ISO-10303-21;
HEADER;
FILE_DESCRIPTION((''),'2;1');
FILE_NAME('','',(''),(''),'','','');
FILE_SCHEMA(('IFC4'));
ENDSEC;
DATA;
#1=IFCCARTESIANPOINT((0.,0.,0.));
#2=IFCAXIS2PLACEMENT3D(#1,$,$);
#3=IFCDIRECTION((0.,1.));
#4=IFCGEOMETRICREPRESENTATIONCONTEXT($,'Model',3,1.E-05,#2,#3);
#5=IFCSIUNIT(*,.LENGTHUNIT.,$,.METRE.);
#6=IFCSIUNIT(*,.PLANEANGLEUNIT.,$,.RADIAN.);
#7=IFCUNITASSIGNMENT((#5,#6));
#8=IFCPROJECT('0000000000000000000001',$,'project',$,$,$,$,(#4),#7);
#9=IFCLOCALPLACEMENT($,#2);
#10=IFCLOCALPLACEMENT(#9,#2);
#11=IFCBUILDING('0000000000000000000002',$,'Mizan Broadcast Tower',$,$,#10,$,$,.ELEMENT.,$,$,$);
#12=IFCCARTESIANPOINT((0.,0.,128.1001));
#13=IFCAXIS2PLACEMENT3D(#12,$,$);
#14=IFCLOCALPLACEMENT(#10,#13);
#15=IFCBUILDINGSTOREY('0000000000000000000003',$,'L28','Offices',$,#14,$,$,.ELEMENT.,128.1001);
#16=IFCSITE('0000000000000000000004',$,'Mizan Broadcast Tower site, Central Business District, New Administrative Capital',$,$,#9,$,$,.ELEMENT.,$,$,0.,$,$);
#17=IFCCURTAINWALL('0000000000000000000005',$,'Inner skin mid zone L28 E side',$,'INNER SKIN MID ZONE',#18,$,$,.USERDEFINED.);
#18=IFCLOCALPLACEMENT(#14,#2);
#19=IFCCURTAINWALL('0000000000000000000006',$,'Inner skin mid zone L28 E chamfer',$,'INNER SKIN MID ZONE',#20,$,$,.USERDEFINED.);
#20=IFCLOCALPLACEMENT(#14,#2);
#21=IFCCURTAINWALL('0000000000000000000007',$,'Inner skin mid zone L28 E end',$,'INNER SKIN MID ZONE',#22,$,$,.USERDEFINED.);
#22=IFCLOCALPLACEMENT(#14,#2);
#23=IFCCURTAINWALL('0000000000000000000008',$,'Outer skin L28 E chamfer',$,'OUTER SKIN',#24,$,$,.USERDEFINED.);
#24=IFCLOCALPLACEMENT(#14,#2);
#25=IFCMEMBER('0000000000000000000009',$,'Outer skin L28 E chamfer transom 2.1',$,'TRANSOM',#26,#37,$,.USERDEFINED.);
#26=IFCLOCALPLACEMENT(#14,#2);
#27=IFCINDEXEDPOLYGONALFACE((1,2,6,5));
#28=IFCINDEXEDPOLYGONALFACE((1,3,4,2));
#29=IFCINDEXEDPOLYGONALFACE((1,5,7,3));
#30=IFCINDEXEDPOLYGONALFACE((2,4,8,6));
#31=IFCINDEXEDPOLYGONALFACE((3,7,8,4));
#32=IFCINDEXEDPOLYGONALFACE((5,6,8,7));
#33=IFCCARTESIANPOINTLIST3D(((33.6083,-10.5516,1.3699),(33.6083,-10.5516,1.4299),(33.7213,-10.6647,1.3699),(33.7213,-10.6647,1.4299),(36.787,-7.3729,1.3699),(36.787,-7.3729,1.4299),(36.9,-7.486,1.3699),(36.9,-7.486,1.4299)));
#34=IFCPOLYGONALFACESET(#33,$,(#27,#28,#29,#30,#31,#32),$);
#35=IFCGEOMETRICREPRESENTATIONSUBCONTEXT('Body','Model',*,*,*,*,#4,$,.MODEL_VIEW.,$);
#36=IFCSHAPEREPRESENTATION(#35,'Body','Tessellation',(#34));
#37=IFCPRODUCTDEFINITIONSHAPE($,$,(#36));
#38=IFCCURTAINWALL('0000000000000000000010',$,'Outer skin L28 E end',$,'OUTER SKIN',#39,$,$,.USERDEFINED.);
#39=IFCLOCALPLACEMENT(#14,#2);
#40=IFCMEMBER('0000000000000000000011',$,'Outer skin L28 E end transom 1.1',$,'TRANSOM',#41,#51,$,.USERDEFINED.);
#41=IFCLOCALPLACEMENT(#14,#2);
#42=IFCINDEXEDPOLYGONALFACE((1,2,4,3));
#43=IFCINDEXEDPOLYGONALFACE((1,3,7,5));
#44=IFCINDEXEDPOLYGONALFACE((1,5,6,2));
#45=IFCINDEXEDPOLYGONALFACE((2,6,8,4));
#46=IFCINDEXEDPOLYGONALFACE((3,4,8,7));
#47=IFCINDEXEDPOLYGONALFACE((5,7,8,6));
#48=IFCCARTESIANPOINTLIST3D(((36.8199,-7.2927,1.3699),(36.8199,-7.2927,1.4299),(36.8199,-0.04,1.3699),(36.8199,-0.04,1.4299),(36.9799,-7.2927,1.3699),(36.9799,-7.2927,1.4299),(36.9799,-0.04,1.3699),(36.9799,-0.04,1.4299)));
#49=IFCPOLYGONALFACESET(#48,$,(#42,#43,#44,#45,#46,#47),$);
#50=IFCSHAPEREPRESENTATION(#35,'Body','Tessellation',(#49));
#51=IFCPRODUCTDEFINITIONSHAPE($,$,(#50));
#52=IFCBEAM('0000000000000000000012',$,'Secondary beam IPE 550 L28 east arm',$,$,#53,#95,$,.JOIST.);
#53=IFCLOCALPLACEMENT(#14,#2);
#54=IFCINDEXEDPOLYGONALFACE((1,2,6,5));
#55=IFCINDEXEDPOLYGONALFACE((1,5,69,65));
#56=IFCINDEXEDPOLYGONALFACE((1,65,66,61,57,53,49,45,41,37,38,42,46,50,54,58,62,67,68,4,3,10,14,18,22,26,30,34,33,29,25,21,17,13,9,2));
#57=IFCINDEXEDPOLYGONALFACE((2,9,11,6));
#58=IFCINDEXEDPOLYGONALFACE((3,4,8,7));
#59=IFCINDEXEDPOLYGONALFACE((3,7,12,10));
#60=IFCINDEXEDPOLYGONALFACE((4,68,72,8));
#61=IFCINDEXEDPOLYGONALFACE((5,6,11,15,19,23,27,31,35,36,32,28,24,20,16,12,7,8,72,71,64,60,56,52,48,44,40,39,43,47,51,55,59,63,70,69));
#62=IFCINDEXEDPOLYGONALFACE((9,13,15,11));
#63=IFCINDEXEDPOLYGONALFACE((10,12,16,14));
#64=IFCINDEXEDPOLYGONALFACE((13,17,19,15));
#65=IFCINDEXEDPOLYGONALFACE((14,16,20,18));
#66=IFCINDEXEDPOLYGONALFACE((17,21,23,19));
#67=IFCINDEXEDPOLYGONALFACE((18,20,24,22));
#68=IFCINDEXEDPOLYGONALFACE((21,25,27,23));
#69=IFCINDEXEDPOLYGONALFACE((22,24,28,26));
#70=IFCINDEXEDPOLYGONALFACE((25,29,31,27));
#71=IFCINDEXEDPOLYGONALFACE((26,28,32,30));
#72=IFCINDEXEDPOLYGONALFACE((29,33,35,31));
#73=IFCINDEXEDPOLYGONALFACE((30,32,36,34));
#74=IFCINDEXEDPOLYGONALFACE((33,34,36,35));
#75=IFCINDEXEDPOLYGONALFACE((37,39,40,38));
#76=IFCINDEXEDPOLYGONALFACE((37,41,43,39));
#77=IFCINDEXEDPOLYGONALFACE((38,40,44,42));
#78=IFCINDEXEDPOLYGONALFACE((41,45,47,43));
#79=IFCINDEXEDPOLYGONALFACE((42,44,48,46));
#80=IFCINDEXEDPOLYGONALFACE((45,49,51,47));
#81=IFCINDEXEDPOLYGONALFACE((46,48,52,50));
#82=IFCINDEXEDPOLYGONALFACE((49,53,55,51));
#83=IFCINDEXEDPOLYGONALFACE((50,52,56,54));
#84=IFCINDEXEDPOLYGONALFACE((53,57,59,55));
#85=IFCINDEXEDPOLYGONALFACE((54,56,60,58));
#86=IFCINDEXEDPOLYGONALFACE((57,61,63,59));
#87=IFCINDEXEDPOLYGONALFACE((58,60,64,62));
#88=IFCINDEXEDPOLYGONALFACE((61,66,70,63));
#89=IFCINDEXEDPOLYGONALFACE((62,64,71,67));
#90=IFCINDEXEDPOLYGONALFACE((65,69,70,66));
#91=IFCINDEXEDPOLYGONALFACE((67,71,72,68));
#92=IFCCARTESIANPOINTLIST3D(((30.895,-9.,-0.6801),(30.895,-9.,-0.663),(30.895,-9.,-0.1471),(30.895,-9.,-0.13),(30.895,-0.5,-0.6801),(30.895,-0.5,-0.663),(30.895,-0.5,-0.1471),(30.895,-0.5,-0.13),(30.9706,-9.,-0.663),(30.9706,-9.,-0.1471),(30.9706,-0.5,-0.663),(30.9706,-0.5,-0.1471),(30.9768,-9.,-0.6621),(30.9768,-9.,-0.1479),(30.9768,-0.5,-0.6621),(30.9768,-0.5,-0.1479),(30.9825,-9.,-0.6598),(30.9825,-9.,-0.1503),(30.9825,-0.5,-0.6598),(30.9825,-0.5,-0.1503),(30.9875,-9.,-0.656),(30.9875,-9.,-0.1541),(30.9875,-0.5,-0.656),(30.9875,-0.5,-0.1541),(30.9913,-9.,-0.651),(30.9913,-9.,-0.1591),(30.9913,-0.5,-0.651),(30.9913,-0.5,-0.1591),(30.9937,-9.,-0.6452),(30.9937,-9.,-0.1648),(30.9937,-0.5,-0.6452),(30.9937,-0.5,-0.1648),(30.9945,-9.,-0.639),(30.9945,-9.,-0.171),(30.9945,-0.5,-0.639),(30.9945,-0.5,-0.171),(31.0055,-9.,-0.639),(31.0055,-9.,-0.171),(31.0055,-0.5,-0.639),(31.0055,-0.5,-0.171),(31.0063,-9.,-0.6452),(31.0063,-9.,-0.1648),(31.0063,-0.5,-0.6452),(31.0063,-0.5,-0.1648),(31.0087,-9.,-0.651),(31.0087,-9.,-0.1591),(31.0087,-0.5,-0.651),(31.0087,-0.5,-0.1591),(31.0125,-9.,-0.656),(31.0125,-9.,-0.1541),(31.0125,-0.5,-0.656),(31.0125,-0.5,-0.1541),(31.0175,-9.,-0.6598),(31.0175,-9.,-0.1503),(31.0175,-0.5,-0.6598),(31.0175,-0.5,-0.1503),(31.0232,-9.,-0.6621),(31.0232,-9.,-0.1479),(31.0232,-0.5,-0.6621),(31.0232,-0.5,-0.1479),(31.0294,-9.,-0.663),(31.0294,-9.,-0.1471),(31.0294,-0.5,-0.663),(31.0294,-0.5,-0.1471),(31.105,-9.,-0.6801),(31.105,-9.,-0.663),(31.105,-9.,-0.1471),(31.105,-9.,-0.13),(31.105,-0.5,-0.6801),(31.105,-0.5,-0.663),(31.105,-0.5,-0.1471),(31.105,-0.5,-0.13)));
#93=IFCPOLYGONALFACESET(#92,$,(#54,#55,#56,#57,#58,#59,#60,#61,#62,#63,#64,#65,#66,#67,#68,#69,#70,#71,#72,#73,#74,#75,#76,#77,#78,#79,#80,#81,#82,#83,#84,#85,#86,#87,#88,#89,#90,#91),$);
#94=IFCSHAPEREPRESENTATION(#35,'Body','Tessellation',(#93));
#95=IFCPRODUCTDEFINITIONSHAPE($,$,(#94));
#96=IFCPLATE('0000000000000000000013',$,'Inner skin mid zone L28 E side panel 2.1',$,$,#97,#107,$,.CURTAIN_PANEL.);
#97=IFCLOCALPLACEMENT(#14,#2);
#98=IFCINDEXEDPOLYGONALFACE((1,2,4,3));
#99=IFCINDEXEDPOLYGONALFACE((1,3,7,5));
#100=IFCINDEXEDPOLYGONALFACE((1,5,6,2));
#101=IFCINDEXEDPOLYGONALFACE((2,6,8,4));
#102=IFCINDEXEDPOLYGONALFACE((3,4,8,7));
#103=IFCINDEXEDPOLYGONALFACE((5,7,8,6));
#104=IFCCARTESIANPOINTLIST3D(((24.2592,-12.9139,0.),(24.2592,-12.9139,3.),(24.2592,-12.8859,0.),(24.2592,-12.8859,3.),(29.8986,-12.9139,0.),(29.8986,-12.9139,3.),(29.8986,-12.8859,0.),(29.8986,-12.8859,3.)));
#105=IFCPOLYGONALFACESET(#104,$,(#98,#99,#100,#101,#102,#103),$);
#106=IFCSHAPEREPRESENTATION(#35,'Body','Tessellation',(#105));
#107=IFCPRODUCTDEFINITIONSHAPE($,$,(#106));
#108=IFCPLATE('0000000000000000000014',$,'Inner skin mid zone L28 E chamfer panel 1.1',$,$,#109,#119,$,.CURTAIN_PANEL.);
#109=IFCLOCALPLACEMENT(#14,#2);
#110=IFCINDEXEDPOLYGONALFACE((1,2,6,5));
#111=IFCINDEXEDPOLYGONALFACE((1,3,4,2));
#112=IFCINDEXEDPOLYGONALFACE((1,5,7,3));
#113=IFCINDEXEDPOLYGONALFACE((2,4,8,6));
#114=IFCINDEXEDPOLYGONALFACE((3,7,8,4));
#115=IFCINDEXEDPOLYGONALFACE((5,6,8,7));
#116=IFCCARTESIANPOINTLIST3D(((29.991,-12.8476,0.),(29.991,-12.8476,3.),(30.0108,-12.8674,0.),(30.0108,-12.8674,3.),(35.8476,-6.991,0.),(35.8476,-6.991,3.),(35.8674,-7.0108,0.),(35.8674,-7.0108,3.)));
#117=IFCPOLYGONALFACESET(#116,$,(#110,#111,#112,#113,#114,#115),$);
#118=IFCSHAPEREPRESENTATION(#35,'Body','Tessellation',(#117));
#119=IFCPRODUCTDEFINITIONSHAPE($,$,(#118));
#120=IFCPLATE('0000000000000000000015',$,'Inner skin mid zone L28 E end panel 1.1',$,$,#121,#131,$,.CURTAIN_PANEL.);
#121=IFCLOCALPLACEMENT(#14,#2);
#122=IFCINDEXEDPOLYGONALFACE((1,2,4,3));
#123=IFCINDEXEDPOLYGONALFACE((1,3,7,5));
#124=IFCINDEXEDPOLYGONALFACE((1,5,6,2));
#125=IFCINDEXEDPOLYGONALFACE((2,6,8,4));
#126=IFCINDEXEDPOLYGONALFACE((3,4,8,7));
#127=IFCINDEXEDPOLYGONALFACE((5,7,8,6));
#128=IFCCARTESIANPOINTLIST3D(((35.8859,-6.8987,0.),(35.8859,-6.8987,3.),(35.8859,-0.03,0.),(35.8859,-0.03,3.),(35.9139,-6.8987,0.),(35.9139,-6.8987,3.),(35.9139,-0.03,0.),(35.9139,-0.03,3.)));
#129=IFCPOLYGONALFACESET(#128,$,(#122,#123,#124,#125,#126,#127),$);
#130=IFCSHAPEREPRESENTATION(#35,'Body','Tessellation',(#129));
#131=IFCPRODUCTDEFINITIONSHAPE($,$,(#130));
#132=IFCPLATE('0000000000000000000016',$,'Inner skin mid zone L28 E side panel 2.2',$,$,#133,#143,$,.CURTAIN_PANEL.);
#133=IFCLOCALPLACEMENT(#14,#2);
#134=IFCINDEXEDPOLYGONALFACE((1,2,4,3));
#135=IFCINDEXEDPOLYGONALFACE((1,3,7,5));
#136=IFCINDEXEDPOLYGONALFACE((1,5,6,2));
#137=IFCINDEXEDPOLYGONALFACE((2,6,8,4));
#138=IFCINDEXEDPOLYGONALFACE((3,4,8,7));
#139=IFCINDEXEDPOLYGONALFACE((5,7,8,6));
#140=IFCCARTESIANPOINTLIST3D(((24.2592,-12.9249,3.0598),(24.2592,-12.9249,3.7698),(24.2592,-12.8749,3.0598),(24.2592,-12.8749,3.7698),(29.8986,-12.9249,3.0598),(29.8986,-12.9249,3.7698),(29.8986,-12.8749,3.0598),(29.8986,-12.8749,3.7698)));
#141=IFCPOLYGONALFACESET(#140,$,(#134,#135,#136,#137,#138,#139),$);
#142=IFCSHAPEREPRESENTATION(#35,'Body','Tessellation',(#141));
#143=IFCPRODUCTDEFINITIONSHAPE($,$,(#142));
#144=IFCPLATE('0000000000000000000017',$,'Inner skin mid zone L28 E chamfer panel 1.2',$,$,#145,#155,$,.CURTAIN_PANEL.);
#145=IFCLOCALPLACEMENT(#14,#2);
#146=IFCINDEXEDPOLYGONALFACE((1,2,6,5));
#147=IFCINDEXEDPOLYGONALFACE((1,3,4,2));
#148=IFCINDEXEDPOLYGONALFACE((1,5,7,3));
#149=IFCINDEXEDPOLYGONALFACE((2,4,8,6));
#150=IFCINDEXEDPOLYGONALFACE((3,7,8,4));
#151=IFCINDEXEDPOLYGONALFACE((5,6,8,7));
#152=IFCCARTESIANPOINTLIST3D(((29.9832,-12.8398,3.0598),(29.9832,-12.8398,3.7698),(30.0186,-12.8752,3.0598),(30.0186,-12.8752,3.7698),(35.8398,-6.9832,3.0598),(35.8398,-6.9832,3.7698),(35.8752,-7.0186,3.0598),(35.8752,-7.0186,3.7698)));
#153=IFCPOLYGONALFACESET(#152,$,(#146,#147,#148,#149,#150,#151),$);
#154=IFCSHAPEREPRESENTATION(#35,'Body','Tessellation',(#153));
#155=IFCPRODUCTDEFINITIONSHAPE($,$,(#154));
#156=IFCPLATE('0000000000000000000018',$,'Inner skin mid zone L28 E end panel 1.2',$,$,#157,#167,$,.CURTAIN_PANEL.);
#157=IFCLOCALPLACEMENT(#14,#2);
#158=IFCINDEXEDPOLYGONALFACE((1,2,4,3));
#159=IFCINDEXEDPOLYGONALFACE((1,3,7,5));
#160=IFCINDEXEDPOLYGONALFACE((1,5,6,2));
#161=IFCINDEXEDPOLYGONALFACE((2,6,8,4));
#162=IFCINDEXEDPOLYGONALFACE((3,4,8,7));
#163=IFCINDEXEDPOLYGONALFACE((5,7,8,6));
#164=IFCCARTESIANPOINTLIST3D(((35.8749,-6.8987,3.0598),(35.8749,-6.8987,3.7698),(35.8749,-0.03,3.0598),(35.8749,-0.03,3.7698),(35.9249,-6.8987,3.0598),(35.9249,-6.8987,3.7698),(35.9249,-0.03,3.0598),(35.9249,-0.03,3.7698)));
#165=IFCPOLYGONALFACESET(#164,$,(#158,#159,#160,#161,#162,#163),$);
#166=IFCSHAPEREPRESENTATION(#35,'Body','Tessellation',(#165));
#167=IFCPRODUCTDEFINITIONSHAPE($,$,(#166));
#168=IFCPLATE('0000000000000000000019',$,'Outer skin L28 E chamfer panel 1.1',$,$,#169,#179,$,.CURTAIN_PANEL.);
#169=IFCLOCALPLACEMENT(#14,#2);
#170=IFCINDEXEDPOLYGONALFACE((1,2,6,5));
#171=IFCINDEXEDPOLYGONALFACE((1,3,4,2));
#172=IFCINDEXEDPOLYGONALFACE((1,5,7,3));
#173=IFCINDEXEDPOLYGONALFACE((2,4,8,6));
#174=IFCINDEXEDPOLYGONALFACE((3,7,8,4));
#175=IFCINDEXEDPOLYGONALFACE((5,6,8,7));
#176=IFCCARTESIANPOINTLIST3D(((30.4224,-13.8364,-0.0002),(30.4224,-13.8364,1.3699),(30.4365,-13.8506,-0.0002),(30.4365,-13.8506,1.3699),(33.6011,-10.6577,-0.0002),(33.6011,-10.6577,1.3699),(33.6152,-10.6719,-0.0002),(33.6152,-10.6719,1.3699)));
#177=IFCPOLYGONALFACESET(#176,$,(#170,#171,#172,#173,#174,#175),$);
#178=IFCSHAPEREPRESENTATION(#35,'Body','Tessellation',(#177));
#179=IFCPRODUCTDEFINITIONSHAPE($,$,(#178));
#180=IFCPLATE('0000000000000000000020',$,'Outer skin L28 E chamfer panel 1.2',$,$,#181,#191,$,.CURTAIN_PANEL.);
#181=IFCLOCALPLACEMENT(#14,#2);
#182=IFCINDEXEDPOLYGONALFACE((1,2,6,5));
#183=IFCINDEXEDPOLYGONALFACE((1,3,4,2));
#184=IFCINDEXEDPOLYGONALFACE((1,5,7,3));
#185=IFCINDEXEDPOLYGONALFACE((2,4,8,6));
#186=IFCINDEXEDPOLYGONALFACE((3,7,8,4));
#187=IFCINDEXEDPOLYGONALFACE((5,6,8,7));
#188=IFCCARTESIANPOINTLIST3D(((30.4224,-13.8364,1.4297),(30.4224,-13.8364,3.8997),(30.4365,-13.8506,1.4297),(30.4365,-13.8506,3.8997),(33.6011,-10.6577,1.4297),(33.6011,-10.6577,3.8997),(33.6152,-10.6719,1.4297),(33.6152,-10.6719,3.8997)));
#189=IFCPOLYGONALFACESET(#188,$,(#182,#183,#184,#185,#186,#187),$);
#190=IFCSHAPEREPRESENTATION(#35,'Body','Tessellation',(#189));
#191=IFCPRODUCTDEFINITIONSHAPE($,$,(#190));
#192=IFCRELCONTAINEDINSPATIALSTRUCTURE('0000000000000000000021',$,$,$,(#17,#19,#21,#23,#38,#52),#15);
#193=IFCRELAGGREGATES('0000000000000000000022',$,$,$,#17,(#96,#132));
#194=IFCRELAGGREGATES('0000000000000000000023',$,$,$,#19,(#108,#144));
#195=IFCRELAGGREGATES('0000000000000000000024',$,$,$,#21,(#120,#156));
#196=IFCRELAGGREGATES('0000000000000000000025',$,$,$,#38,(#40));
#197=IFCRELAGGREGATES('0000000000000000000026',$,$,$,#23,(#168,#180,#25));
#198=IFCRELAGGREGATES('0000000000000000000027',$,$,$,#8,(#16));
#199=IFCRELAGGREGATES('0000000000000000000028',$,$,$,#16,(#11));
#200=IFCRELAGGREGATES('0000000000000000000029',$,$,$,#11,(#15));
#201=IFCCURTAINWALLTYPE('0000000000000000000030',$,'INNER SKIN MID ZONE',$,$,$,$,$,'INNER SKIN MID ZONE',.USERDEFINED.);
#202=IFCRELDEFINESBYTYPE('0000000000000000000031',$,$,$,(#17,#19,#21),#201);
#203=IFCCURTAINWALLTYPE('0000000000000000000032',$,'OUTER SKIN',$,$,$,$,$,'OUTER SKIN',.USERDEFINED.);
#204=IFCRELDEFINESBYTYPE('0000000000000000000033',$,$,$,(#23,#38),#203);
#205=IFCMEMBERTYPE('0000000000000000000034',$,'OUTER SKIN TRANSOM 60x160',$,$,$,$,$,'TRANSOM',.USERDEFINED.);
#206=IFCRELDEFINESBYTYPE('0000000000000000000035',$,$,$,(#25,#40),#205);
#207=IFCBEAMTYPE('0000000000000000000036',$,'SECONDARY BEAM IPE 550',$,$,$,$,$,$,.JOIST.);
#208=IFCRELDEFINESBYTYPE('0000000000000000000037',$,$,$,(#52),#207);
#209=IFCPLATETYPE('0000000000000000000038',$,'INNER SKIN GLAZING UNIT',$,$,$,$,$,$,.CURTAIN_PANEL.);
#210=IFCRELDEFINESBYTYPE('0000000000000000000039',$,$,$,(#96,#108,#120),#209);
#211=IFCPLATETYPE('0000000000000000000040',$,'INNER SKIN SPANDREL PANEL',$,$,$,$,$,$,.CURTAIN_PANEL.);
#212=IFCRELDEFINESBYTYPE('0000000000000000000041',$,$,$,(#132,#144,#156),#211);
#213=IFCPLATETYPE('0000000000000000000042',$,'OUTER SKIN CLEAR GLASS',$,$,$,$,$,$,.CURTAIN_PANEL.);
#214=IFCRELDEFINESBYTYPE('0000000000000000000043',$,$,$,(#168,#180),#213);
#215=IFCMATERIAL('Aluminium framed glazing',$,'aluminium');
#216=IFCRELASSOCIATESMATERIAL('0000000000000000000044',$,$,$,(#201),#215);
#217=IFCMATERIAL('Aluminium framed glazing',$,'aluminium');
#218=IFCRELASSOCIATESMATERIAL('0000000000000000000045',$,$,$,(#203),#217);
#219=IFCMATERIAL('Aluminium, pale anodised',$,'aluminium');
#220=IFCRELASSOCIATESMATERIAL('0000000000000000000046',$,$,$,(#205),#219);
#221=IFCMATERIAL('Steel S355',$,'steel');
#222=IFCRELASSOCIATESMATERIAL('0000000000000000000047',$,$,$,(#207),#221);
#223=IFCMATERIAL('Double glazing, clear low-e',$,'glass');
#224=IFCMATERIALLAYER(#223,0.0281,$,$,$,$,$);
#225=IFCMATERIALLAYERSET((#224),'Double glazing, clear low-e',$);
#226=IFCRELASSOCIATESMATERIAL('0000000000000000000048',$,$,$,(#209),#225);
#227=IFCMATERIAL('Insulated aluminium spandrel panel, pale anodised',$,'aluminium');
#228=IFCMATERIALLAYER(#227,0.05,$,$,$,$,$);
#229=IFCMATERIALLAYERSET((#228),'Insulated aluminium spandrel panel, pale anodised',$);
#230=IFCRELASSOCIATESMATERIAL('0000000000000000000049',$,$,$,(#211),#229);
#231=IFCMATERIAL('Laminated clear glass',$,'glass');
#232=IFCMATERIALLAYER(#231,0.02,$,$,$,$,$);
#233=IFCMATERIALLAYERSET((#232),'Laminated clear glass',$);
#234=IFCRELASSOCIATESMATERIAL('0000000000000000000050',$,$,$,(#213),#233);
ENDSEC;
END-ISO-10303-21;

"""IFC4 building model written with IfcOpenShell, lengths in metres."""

from ifc_helpers import new_model, si_unit, direction, frame, origin, origin_2d, place, context, subcontext, project, spatial, rectangle, i_section, extrude, material, layer, layer_set, material_profile, profile_set, type_object, element, aggregate, save


model = new_model("IFC4")

# Units and contexts
model_context = context("Model", 3, precision=1e-05, world=origin(), true_north=direction((0.0, 1.0)))
body_context = subcontext(model_context, "Body", "Model", "MODEL_VIEW")
ifc_project = project(units=[si_unit("LENGTHUNIT", "METRE"), si_unit("PLANEANGLEUNIT", "RADIAN")], contexts=[model_context])

# Site, building, storey
site_placement = place(None, origin())
site = spatial("IfcSite", under=ifc_project, at=site_placement, Name="Mizan Broadcast Tower site, Central Business District, New Administrative Capital", CompositionType="ELEMENT", RefElevation=0.0)
building_placement = place(site_placement, origin())
building = spatial("IfcBuilding", under=site, at=building_placement, Name="Mizan Broadcast Tower", CompositionType="ELEMENT")
storey_placement = place(building_placement, frame((0.0, 0.0, 128.1001)))
storey = spatial("IfcBuildingStorey", under=building, at=storey_placement, Name="L28", Description="Offices", CompositionType="ELEMENT", Elevation=128.1001)

# Curtain wall
ifc_material_1 = material(Name="Aluminium framed glazing", Category="aluminium")
curtain_wall_type_1 = type_object("IfcCurtainWallType", Name="INNER SKIN MID ZONE", ElementType="INNER SKIN MID ZONE", PredefinedType="USERDEFINED", material=ifc_material_1)
curtain_wall_1_placement = place(storey_placement, origin())
curtain_wall_1 = element("IfcCurtainWall", 1, at=curtain_wall_1_placement, inside=storey, type_object=curtain_wall_type_1, Name="Inner skin mid zone L28 E side", ObjectType="INNER SKIN MID ZONE", PredefinedType="USERDEFINED")

# Curtain wall
curtain_wall_2_placement = place(storey_placement, origin())
curtain_wall_2 = element("IfcCurtainWall", 2, at=curtain_wall_2_placement, inside=storey, type_object=curtain_wall_type_1, Name="Inner skin mid zone L28 E chamfer", ObjectType="INNER SKIN MID ZONE", PredefinedType="USERDEFINED")

# Curtain wall
curtain_wall_3_placement = place(storey_placement, origin())
curtain_wall_3 = element("IfcCurtainWall", 3, at=curtain_wall_3_placement, inside=storey, type_object=curtain_wall_type_1, Name="Inner skin mid zone L28 E end", ObjectType="INNER SKIN MID ZONE", PredefinedType="USERDEFINED")

# Curtain wall
ifc_material_2 = material(Name="Aluminium framed glazing", Category="aluminium")
curtain_wall_type_2 = type_object("IfcCurtainWallType", Name="OUTER SKIN", ElementType="OUTER SKIN", PredefinedType="USERDEFINED", material=ifc_material_2)
curtain_wall_4_placement = place(storey_placement, origin())
curtain_wall_4 = element("IfcCurtainWall", 4, at=curtain_wall_4_placement, inside=storey, type_object=curtain_wall_type_2, Name="Outer skin L28 E chamfer", ObjectType="OUTER SKIN", PredefinedType="USERDEFINED")

# Member
ifc_material_3 = material(Name="Aluminium, pale anodised", Category="aluminium")
ifc_material_profile_1 = material_profile(ifc_material_3, rectangle(XDim=0.1599, YDim=0.0601, at=origin_2d()), Name="TRANSOM 160x60")
ifc_profile_set_1 = profile_set([ifc_material_profile_1], Name="Aluminium, pale anodised")
member_type_1 = type_object("IfcMemberType", Name="OUTER SKIN TRANSOM 60x160", ElementType="TRANSOM", PredefinedType="USERDEFINED", material=ifc_profile_set_1)
member_1_placement = place(storey_placement, frame((33.6648, -10.6082, 1.3999), z_axis=(0.707107, 0.707107, 0.0), x_axis=(-0.707107, 0.707107, 0.0)))
member_1 = element("IfcMember", 5, at=member_1_placement, type_object=member_type_1, Name="Outer skin L28 E chamfer transom 2.1", ObjectType="TRANSOM", PredefinedType="USERDEFINED", context=body_context, shape_type="SweptSolid", body=[
    extrude(rectangle(XDim=0.1599, YDim=0.0601, at=origin_2d()), origin(), (0.0, 0.0, 1.0), 4.4954),
])

# Curtain wall, member
curtain_wall_5_placement = place(storey_placement, origin())
curtain_wall_5 = element("IfcCurtainWall", 6, at=curtain_wall_5_placement, inside=storey, type_object=curtain_wall_type_2, Name="Outer skin L28 E end", ObjectType="OUTER SKIN", PredefinedType="USERDEFINED")
member_2_placement = place(storey_placement, frame((36.8999, -7.2927, 1.3999), z_axis=(0.0, 1.0, 0.0), x_axis=(-1.0, 0.0, 0.0)))
member_2 = element("IfcMember", 7, at=member_2_placement, type_object=member_type_1, Name="Outer skin L28 E end transom 1.1", ObjectType="TRANSOM", PredefinedType="USERDEFINED", context=body_context, shape_type="SweptSolid", body=[
    extrude(rectangle(XDim=0.1599, YDim=0.0601, at=origin_2d()), origin(), (0.0, 0.0, 1.0), 7.2527),
])

# Beam
ifc_material_4 = material(Name="Steel S355", Category="steel")
ifc_material_profile_2 = material_profile(ifc_material_4, i_section(OverallWidth=0.21, OverallDepth=0.55, WebThickness=0.011, FlangeThickness=0.0171, FilletRadius=0.0239, at=origin_2d()), Name="IPE 550")
ifc_profile_set_2 = profile_set([ifc_material_profile_2], Name="Steel S355")
beam_type_1 = type_object("IfcBeamType", Name="SECONDARY BEAM IPE 550", PredefinedType="JOIST", material=ifc_profile_set_2)
beam_1_placement = place(storey_placement, frame((31.0, -9.0, -0.405), z_axis=(0.0, 1.0, 0.0), x_axis=(-1.0, 0.0, 0.0)))
element("IfcBeam", 8, at=beam_1_placement, inside=storey, type_object=beam_type_1, Name="Secondary beam IPE 550 L28 east arm", PredefinedType="JOIST", context=body_context, shape_type="SweptSolid", body=[
    extrude(i_section(OverallWidth=0.21, OverallDepth=0.55, WebThickness=0.011, FlangeThickness=0.0171, FilletRadius=0.0239, at=origin_2d()), origin(), (0.0, 0.0, 1.0), 8.5),
])

# Plates
ifc_material_5 = material(Name="Double glazing, clear low-e", Category="glass")
ifc_layer_1 = layer(ifc_material_5, 0.0281)
ifc_layer_set_1 = layer_set([ifc_layer_1], Name="Double glazing, clear low-e")
plate_type_1 = type_object("IfcPlateType", Name="INNER SKIN GLAZING UNIT", PredefinedType="CURTAIN_PANEL", material=ifc_layer_set_1)
plate_1_placement = place(storey_placement, frame((27.0789, -12.8999, 0.0), z_axis=(0.0, 0.0, 1.0), x_axis=(1.0, 0.0, 0.0)))
plate_1 = element("IfcPlate", 9, at=plate_1_placement, type_object=plate_type_1, Name="Inner skin mid zone L28 E side panel 2.1", PredefinedType="CURTAIN_PANEL", context=body_context, shape_type="SweptSolid", body=[
    extrude(rectangle(XDim=5.6394, YDim=0.0281, at=origin_2d()), origin(), (0.0, 0.0, 1.0), 3.0),
])
plate_2_placement = place(storey_placement, frame((32.9292, -9.9292, 0.0), z_axis=(0.0, 0.0, 1.0), x_axis=(0.707107, 0.707107, 0.0)))
plate_2 = element("IfcPlate", 10, at=plate_2_placement, type_object=plate_type_1, Name="Inner skin mid zone L28 E chamfer panel 1.1", PredefinedType="CURTAIN_PANEL", context=body_context, shape_type="SweptSolid", body=[
    extrude(rectangle(XDim=8.2825, YDim=0.0281, at=origin_2d()), origin(), (0.0, 0.0, 1.0), 3.0),
])
plate_3_placement = place(storey_placement, frame((35.8999, -3.4644, 0.0), z_axis=(0.0, 0.0, 1.0), x_axis=(0.0, 1.0, 0.0)))
plate_3 = element("IfcPlate", 11, at=plate_3_placement, type_object=plate_type_1, Name="Inner skin mid zone L28 E end panel 1.1", PredefinedType="CURTAIN_PANEL", context=body_context, shape_type="SweptSolid", body=[
    extrude(rectangle(XDim=6.8687, YDim=0.0281, at=origin_2d()), origin(), (0.0, 0.0, 1.0), 3.0),
])
ifc_material_6 = material(Name="Insulated aluminium spandrel panel, pale anodised", Category="aluminium")
ifc_layer_2 = layer(ifc_material_6, 0.05)
ifc_layer_set_2 = layer_set([ifc_layer_2], Name="Insulated aluminium spandrel panel, pale anodised")
plate_type_2 = type_object("IfcPlateType", Name="INNER SKIN SPANDREL PANEL", PredefinedType="CURTAIN_PANEL", material=ifc_layer_set_2)
plate_4_placement = place(storey_placement, frame((27.0789, -12.8999, 3.0598), z_axis=(0.0, 0.0, 1.0), x_axis=(1.0, 0.0, 0.0)))
plate_4 = element("IfcPlate", 12, at=plate_4_placement, type_object=plate_type_2, Name="Inner skin mid zone L28 E side panel 2.2", PredefinedType="CURTAIN_PANEL", context=body_context, shape_type="SweptSolid", body=[
    extrude(rectangle(XDim=5.6394, YDim=0.05, at=origin_2d()), origin(), (0.0, 0.0, 1.0), 0.71),
])
aggregate(curtain_wall_1, [plate_1, plate_4])
plate_5_placement = place(storey_placement, frame((32.9292, -9.9292, 3.0598), z_axis=(0.0, 0.0, 1.0), x_axis=(0.707107, 0.707107, 0.0)))
plate_5 = element("IfcPlate", 13, at=plate_5_placement, type_object=plate_type_2, Name="Inner skin mid zone L28 E chamfer panel 1.2", PredefinedType="CURTAIN_PANEL", context=body_context, shape_type="SweptSolid", body=[
    extrude(rectangle(XDim=8.2825, YDim=0.05, at=origin_2d()), origin(), (0.0, 0.0, 1.0), 0.71),
])
aggregate(curtain_wall_2, [plate_2, plate_5])
plate_6_placement = place(storey_placement, frame((35.8999, -3.4644, 3.0598), z_axis=(0.0, 0.0, 1.0), x_axis=(0.0, 1.0, 0.0)))
plate_6 = element("IfcPlate", 14, at=plate_6_placement, type_object=plate_type_2, Name="Inner skin mid zone L28 E end panel 1.2", PredefinedType="CURTAIN_PANEL", context=body_context, shape_type="SweptSolid", body=[
    extrude(rectangle(XDim=6.8687, YDim=0.05, at=origin_2d()), origin(), (0.0, 0.0, 1.0), 0.71),
])
aggregate(curtain_wall_3, [plate_3, plate_6])
ifc_material_7 = material(Name="Laminated clear glass", Category="glass")
ifc_layer_3 = layer(ifc_material_7, 0.02)
ifc_layer_set_3 = layer_set([ifc_layer_3], Name="Laminated clear glass")
plate_type_3 = type_object("IfcPlateType", Name="OUTER SKIN CLEAR GLASS", PredefinedType="CURTAIN_PANEL", material=ifc_layer_set_3)
plate_7_placement = place(storey_placement, frame((32.0188, -12.2542, -0.0002), z_axis=(0.0, 0.0, 1.0), x_axis=(0.707107, 0.707107, 0.0)))
plate_7 = element("IfcPlate", 15, at=plate_7_placement, type_object=plate_type_3, Name="Outer skin L28 E chamfer panel 1.1", PredefinedType="CURTAIN_PANEL", context=body_context, shape_type="SweptSolid", body=[
    extrude(rectangle(XDim=4.4954, YDim=0.02, at=origin_2d()), origin(), (0.0, 0.0, 1.0), 1.3701),
])
plate_8_placement = place(storey_placement, frame((32.0188, -12.2542, 1.4297), z_axis=(0.0, 0.0, 1.0), x_axis=(0.707107, 0.707107, 0.0)))
plate_8 = element("IfcPlate", 16, at=plate_8_placement, type_object=plate_type_3, Name="Outer skin L28 E chamfer panel 1.2", PredefinedType="CURTAIN_PANEL", context=body_context, shape_type="SweptSolid", body=[
    extrude(rectangle(XDim=4.4954, YDim=0.02, at=origin_2d()), origin(), (0.0, 0.0, 1.0), 2.47),
])
aggregate(curtain_wall_5, [member_2])
aggregate(curtain_wall_4, [plate_7, plate_8, member_1])

save(model, "model.ifc")
